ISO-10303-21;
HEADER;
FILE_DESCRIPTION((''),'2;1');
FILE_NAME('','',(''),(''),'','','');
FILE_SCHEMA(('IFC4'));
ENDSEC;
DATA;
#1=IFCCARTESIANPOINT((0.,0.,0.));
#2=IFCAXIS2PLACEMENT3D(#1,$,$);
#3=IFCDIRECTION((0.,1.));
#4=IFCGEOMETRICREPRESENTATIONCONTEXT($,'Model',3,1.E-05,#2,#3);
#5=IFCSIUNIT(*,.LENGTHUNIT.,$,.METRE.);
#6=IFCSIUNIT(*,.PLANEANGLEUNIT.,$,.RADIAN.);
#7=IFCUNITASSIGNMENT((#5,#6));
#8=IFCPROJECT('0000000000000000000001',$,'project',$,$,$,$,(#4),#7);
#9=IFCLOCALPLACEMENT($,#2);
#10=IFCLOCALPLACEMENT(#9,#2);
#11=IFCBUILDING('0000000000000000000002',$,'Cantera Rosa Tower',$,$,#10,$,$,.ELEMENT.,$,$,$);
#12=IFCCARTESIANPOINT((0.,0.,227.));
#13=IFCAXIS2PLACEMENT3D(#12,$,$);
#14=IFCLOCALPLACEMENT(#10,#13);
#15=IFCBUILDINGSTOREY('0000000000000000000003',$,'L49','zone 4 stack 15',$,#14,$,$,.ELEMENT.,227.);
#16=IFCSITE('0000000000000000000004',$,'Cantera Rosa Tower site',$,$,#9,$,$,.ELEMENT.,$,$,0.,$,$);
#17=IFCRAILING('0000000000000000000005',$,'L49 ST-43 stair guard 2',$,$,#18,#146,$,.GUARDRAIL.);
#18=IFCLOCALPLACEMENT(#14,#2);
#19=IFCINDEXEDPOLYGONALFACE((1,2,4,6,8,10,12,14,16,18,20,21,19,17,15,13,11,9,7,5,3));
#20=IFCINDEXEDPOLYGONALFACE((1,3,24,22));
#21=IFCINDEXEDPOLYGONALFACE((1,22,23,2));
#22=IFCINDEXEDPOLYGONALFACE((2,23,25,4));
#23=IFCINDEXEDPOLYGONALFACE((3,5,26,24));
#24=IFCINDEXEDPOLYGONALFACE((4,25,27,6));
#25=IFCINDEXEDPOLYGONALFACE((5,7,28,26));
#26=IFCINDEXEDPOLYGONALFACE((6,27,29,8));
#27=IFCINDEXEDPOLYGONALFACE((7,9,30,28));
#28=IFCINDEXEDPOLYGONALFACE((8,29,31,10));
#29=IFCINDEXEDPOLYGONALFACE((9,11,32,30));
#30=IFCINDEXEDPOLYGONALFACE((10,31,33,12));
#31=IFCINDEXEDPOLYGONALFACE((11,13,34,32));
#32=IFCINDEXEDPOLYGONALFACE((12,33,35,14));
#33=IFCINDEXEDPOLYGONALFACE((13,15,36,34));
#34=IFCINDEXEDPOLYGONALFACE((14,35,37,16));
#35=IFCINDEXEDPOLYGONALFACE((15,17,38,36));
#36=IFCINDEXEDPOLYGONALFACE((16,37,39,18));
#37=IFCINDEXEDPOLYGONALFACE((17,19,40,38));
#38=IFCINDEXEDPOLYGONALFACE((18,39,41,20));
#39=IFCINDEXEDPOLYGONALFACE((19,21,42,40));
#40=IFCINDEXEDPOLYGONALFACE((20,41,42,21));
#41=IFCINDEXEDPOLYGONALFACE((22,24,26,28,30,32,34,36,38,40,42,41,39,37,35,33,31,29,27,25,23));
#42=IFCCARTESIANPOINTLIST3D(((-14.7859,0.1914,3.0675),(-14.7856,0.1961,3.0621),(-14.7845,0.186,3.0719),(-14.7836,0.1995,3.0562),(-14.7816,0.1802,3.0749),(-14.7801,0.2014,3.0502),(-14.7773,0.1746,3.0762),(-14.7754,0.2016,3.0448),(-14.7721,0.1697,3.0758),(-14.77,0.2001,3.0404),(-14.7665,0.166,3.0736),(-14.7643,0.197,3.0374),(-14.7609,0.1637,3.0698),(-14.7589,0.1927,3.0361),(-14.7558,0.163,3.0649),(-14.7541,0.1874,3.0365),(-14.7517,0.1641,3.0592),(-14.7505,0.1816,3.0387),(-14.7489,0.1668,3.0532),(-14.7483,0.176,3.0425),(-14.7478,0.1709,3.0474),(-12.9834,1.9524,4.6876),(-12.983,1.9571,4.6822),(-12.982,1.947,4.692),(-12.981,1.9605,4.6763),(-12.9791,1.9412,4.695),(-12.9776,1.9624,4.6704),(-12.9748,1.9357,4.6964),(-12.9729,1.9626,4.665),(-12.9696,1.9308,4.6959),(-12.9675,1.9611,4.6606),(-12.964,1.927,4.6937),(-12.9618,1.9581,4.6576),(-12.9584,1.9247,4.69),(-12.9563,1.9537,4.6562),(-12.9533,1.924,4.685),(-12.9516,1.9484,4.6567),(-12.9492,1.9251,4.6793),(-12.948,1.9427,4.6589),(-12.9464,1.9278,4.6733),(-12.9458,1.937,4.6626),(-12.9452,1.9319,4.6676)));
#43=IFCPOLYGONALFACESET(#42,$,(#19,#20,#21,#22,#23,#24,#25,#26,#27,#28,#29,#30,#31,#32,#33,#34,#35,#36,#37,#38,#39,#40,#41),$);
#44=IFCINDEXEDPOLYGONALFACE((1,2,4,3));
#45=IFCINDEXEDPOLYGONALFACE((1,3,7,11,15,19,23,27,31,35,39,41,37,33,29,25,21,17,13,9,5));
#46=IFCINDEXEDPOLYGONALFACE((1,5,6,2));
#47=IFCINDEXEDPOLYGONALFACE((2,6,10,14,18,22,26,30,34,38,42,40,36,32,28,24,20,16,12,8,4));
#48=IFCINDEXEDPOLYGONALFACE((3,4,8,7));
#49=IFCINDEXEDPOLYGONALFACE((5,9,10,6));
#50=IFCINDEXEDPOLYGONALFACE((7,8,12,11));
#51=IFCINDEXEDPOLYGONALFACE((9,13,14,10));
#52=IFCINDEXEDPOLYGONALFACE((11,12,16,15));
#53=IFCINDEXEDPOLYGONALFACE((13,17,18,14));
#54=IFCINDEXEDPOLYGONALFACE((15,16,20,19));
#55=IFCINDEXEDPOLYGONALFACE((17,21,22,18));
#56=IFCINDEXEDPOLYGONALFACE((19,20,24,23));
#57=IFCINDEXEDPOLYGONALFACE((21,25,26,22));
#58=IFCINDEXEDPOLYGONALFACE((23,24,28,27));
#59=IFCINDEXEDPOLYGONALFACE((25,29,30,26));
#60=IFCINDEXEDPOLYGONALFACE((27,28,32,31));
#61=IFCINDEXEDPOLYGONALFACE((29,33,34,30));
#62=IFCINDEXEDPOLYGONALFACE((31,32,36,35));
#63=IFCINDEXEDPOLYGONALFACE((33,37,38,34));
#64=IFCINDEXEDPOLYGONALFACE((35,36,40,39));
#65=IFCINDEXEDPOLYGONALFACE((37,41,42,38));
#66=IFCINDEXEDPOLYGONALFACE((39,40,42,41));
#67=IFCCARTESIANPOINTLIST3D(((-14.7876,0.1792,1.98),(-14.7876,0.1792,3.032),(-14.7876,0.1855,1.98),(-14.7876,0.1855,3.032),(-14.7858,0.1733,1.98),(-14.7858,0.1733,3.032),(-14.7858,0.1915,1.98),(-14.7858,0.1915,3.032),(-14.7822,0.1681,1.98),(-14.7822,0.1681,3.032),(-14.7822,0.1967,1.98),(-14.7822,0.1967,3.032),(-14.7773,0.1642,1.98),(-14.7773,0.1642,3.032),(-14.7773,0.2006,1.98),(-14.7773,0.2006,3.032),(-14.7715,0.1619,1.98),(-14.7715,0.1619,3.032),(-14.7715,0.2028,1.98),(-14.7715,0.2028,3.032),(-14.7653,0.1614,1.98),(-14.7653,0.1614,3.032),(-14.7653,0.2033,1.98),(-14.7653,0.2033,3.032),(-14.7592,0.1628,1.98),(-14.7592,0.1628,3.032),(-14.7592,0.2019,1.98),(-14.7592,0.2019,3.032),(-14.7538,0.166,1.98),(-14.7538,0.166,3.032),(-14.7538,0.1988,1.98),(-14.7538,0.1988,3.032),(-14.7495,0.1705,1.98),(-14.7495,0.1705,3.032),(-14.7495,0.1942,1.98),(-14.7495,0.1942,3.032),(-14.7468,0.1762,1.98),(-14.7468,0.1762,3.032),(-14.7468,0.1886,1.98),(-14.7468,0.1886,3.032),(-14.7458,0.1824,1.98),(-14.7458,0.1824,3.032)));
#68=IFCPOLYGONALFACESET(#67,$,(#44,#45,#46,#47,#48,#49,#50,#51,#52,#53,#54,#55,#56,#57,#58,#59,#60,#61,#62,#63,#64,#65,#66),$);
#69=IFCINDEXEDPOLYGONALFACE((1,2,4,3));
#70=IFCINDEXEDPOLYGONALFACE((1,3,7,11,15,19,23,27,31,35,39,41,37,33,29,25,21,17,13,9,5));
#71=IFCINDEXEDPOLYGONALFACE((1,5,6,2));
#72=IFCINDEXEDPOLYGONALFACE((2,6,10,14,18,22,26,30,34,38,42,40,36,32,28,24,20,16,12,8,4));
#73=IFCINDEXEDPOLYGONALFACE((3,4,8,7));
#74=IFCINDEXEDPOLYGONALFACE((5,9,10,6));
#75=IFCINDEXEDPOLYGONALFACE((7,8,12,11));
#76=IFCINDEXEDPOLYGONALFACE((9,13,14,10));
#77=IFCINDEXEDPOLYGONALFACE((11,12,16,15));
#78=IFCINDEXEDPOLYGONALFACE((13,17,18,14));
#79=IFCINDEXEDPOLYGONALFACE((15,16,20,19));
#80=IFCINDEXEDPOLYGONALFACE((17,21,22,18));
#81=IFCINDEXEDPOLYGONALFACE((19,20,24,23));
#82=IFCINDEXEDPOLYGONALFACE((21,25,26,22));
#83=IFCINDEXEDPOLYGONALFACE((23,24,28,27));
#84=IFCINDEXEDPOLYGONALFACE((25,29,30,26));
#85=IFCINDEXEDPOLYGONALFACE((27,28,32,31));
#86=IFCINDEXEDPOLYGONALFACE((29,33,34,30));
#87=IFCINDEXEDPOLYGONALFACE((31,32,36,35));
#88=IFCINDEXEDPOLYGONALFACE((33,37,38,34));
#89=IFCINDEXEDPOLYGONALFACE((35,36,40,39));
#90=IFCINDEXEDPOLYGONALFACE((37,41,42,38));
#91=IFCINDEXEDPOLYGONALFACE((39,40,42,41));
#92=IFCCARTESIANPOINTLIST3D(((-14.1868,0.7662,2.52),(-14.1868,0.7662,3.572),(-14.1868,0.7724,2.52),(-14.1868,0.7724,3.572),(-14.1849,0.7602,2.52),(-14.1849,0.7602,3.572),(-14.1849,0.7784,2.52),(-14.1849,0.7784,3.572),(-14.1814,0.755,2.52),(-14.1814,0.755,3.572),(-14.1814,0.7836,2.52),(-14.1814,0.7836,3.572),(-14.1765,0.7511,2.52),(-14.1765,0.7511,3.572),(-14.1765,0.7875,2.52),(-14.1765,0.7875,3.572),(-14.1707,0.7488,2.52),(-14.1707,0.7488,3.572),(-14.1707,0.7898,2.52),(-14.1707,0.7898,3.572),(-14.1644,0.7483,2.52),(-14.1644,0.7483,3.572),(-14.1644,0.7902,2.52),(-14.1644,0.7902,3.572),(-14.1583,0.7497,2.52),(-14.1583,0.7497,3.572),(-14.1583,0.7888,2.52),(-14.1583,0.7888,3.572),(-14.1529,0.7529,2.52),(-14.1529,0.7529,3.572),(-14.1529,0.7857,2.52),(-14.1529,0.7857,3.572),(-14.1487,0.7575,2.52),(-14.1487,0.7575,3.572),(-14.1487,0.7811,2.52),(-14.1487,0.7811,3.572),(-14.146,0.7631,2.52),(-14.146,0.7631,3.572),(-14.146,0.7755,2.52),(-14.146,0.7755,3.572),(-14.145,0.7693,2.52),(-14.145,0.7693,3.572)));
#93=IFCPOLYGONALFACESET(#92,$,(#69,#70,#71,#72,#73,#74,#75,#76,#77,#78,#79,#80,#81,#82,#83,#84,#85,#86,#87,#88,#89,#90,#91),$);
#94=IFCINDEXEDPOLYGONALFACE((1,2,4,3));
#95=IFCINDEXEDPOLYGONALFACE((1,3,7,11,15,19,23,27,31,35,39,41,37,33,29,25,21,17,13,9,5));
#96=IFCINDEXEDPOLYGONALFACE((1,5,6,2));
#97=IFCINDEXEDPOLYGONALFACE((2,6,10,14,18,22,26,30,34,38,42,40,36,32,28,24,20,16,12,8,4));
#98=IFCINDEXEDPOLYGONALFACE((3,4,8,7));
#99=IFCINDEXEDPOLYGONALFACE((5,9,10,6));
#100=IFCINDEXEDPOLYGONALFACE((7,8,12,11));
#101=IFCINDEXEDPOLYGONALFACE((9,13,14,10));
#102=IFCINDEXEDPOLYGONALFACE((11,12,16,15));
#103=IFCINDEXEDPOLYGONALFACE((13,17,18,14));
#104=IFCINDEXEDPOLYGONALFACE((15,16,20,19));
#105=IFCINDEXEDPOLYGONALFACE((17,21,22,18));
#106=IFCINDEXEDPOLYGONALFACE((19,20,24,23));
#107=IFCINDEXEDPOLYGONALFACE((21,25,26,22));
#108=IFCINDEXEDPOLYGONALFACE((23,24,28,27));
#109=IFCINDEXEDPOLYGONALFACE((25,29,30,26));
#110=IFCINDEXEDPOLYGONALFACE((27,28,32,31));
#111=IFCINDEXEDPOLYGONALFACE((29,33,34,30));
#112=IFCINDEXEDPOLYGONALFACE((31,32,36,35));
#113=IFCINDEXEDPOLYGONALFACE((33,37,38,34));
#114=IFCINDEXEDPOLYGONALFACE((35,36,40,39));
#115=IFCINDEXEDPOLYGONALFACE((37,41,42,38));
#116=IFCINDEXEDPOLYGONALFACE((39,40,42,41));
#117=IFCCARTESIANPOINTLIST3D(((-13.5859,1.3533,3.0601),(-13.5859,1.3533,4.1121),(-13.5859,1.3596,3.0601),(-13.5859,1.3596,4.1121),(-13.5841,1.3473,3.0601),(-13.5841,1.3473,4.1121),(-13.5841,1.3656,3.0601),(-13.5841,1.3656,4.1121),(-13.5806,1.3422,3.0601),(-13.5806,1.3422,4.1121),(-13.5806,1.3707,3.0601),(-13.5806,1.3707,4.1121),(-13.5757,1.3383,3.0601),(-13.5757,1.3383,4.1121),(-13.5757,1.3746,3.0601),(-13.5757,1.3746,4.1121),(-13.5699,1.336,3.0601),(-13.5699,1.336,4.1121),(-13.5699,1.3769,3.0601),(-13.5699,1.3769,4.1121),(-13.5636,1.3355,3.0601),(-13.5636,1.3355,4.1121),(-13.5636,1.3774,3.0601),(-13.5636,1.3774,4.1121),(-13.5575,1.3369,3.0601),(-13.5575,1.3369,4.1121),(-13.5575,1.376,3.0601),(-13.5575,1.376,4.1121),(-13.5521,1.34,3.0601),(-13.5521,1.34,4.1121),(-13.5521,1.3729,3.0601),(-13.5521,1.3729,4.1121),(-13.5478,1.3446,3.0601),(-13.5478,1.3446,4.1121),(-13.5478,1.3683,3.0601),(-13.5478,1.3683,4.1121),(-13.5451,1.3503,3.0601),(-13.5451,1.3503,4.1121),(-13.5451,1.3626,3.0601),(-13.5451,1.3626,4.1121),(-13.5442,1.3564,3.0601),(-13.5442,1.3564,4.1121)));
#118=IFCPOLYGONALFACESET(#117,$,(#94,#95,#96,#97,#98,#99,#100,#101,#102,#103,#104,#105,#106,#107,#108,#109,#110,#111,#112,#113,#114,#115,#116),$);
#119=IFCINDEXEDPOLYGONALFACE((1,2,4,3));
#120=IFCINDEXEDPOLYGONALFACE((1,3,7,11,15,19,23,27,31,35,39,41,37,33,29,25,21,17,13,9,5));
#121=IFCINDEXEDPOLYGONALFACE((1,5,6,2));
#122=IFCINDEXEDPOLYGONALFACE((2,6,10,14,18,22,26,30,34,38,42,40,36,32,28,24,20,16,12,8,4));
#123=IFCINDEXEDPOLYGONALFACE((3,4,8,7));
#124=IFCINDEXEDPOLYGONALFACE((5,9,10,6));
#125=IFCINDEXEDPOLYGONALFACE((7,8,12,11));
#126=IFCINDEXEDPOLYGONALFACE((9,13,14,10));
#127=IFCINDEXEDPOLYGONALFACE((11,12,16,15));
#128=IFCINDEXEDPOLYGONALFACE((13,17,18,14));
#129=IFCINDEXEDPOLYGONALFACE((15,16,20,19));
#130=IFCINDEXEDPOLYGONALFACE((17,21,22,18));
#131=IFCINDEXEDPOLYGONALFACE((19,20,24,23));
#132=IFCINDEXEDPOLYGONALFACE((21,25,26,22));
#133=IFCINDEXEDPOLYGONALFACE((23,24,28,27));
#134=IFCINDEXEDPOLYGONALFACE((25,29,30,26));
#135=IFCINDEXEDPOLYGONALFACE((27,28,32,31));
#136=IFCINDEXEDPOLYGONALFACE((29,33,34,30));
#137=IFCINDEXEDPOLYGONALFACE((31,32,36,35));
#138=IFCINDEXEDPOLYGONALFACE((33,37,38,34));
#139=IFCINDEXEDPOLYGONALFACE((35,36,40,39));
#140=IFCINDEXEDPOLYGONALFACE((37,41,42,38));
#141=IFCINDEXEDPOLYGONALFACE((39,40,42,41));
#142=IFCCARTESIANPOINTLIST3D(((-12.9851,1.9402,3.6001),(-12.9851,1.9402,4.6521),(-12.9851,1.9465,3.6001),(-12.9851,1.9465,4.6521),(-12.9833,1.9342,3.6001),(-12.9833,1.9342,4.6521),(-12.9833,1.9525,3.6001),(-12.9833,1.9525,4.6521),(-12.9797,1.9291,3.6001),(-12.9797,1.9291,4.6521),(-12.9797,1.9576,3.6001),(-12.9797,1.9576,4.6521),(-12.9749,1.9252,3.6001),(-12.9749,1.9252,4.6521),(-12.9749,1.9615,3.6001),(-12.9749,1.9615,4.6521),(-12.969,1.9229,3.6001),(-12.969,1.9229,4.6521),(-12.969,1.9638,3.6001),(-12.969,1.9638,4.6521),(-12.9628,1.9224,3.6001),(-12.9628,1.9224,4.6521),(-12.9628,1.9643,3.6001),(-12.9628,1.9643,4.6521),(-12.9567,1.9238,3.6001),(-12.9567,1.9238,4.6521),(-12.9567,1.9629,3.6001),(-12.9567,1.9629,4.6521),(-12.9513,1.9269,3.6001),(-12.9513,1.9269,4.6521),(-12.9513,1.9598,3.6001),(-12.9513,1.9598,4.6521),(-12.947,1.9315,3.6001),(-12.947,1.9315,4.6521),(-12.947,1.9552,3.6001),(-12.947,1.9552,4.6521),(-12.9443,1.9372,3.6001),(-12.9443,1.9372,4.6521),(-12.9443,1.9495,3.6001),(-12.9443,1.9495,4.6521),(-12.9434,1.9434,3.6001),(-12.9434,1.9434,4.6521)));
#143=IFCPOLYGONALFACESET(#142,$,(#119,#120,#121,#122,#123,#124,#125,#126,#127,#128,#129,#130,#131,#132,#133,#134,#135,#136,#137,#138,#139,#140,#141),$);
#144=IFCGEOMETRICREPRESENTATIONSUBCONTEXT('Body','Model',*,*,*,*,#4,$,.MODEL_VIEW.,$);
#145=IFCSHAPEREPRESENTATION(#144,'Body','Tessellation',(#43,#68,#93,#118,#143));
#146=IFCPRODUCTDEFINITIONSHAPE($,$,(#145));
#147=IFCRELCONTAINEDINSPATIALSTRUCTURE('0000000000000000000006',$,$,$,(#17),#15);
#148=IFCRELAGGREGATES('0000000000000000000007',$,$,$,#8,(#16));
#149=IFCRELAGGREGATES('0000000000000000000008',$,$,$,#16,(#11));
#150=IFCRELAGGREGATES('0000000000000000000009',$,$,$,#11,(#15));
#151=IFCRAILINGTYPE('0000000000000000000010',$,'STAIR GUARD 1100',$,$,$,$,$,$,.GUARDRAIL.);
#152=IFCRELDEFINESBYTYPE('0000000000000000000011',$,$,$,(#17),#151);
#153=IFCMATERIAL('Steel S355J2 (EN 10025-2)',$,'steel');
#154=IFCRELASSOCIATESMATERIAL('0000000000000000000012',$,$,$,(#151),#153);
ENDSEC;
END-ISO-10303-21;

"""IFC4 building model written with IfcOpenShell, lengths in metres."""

from ifc_helpers import new_model, si_unit, direction, frame, origin, origin_2d, place, context, subcontext, project, spatial, circle, extrude, material, type_object, element, save


model = new_model("IFC4")

# Units and contexts
model_context = context("Model", 3, precision=1e-05, world=origin(), true_north=direction((0.0, 1.0)))
body_context = subcontext(model_context, "Body", "Model", "MODEL_VIEW")
ifc_project = project(units=[si_unit("LENGTHUNIT", "METRE"), si_unit("PLANEANGLEUNIT", "RADIAN")], contexts=[model_context])

# Site, building, storey
site_placement = place(None, origin())
site = spatial("IfcSite", under=ifc_project, at=site_placement, Name="Cantera Rosa Tower site", CompositionType="ELEMENT", RefElevation=0.0)
building_placement = place(site_placement, origin())
building = spatial("IfcBuilding", under=site, at=building_placement, Name="Cantera Rosa Tower", CompositionType="ELEMENT")
storey_placement = place(building_placement, frame((0.0, 0.0, 227.0)))
storey = spatial("IfcBuildingStorey", under=building, at=storey_placement, Name="L49", Description="zone 4 stack 15", CompositionType="ELEMENT", Elevation=227.0)

# Railing
ifc_material_1 = material(Name="Steel S355J2 (EN 10025-2)", Category="steel")
railing_type_1 = type_object("IfcRailingType", Name="STAIR GUARD 1100", PredefinedType="GUARDRAIL", material=ifc_material_1)
railing_1_placement = place(storey_placement, frame((-14.7668, 0.1824, 1.98)))
element("IfcRailing", 1, at=railing_1_placement, inside=storey, type_object=railing_type_1, Name="L49 ST-43 stair guard 2", PredefinedType="GUARDRAIL", context=body_context, shape_type="SweptSolid", body=[
    extrude(circle(Radius=0.0239, at=origin_2d()), frame((0.0, 0.0, 1.0762), z_axis=(0.601672, 0.587818, 0.540796), x_axis=(-0.698824, 0.715294, 0.0)), (0.0, 0.0, 1.0), 2.9958),
    extrude(circle(Radius=0.021, at=origin_2d()), origin(), (0.0, 0.0, 1.0), 1.052),
    extrude(circle(Radius=0.021, at=origin_2d()), frame((0.6008, 0.5869, 0.54)), (0.0, 0.0, 1.0), 1.052),
    extrude(circle(Radius=0.021, at=origin_2d()), frame((1.2017, 1.1741, 1.0801)), (0.0, 0.0, 1.0), 1.052),
    extrude(circle(Radius=0.021, at=origin_2d()), frame((1.8025, 1.761, 1.6201)), (0.0, 0.0, 1.0), 1.052),
])

save(model, "model.ifc")
